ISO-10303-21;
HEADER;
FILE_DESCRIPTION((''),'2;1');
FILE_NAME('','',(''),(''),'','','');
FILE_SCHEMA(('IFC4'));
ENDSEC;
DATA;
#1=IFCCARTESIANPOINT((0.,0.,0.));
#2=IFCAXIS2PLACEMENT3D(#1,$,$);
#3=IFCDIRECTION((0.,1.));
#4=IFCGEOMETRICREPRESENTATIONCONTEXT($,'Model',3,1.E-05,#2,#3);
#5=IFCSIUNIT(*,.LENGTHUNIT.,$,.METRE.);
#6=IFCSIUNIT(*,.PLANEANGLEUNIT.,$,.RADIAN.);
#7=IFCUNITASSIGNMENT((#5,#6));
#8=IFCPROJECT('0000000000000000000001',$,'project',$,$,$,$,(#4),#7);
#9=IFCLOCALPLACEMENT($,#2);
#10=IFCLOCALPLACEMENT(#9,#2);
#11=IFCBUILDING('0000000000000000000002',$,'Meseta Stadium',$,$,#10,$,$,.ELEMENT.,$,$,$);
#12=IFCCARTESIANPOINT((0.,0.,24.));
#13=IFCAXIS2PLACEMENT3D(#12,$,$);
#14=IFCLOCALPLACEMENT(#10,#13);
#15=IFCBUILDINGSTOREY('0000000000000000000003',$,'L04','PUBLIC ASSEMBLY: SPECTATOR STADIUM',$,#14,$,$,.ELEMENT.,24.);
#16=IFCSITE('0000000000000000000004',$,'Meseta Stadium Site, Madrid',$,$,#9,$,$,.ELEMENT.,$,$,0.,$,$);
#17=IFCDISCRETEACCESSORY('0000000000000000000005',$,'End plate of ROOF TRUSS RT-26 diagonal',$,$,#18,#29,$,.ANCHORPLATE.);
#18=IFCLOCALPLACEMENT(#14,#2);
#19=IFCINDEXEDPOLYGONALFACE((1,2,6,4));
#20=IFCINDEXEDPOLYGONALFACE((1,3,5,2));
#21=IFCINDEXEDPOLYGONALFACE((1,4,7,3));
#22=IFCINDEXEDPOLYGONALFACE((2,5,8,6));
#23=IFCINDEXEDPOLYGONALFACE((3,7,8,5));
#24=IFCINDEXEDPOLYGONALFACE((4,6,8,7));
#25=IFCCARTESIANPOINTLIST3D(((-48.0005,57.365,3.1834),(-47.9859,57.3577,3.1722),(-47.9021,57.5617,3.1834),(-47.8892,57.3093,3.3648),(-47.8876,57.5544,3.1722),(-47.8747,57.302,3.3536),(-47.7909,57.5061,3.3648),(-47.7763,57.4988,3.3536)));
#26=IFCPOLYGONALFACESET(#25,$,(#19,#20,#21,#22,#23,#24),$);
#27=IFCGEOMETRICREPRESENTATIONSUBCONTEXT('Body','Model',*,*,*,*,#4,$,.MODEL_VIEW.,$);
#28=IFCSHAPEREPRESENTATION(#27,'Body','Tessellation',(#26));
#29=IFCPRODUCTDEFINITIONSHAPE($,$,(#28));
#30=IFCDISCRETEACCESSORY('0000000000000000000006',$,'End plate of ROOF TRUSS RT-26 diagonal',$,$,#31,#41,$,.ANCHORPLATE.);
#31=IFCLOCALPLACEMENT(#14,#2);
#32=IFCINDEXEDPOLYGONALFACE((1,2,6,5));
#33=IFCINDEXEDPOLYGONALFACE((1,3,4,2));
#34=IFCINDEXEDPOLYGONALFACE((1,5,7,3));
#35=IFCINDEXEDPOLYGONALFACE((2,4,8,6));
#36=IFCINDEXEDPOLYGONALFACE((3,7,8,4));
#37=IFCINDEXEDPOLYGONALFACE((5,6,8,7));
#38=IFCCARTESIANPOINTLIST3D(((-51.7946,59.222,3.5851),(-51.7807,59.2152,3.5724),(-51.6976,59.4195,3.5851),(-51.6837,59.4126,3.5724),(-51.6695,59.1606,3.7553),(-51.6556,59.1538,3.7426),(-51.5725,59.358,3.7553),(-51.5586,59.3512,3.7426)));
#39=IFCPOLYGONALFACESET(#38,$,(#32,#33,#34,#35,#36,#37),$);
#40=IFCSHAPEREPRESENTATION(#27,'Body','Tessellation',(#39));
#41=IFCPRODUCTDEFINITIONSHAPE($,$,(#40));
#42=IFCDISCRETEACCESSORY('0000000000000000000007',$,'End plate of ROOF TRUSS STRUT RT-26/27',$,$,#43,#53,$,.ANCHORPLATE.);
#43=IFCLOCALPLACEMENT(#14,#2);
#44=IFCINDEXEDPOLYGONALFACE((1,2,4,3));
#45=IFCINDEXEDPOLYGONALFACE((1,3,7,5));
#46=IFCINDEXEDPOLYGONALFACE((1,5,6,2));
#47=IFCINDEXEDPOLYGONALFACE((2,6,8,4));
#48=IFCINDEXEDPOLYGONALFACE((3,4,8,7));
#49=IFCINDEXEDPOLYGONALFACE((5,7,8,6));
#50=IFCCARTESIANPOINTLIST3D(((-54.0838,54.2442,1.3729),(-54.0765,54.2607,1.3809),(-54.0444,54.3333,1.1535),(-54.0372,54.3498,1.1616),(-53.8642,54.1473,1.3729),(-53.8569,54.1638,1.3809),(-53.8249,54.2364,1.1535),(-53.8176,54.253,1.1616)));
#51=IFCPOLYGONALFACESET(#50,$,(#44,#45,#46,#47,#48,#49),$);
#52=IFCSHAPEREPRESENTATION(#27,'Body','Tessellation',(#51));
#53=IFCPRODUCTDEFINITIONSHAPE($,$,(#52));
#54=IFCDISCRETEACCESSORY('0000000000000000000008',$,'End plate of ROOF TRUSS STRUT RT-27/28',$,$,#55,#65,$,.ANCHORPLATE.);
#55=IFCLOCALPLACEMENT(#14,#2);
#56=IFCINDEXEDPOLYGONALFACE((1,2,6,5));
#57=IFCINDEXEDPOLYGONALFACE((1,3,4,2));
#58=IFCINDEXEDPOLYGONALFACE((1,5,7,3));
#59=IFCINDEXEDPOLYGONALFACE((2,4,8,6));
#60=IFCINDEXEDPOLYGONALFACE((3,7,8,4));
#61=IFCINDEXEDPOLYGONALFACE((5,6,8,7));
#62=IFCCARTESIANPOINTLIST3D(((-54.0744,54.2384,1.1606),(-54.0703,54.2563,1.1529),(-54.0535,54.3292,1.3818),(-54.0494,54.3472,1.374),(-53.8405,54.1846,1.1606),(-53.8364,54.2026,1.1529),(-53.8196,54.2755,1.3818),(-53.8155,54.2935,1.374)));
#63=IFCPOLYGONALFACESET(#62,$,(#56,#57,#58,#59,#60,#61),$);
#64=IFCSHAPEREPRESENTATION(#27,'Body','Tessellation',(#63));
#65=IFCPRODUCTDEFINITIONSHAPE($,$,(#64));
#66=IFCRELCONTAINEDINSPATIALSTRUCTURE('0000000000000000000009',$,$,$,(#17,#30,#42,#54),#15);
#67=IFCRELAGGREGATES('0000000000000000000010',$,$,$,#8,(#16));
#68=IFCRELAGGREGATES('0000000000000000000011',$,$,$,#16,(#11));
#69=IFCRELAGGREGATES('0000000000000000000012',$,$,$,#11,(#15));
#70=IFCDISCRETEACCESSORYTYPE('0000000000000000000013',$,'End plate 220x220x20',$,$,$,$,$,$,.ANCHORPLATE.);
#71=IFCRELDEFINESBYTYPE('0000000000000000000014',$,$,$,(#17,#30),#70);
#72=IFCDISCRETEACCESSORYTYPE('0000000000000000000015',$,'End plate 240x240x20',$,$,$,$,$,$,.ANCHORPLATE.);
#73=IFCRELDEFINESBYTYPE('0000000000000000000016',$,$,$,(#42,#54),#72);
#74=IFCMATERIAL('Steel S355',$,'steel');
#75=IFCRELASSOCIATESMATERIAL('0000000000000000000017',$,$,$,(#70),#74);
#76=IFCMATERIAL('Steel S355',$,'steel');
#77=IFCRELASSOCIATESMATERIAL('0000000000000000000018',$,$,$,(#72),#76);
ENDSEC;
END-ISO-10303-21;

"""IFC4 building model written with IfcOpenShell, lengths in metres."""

from ifc_helpers import new_model, si_unit, direction, frame, origin, origin_2d, place, context, subcontext, project, spatial, rectangle, extrude, material, material_profile, profile_set, type_object, element, save


model = new_model("IFC4")

# Units and contexts
model_context = context("Model", 3, precision=1e-05, world=origin(), true_north=direction((0.0, 1.0)))
body_context = subcontext(model_context, "Body", "Model", "MODEL_VIEW")
ifc_project = project(units=[si_unit("LENGTHUNIT", "METRE"), si_unit("PLANEANGLEUNIT", "RADIAN")], contexts=[model_context])

# Site, building, storey
site_placement = place(None, origin())
site = spatial("IfcSite", under=ifc_project, at=site_placement, Name="Meseta Stadium Site, Madrid", CompositionType="ELEMENT", RefElevation=0.0)
building_placement = place(site_placement, origin())
building = spatial("IfcBuilding", under=site, at=building_placement, Name="Meseta Stadium", CompositionType="ELEMENT")
storey_placement = place(building_placement, frame((0.0, 0.0, 24.0)))
storey = spatial("IfcBuildingStorey", under=building, at=storey_placement, Name="L04", Description="PUBLIC ASSEMBLY: SPECTATOR STADIUM", CompositionType="ELEMENT", Elevation=24.0)

# Discrete accessories
ifc_material_1 = material(Name="Steel S355", Category="steel")
ifc_material_profile_1 = material_profile(ifc_material_1, rectangle(XDim=0.22, YDim=0.22, at=origin_2d()), Name="PL 220x220")
ifc_profile_set_1 = profile_set([ifc_material_profile_1], Name="Steel S355")
discrete_accessory_type_1 = type_object("IfcDiscreteAccessoryType", Name="End plate 220x220x20", PredefinedType="ANCHORPLATE", material=ifc_profile_set_1)
discrete_accessory_1_placement = place(storey_placement, frame((-47.8811, 57.4282, 3.2629), z_axis=(-0.737655, 0.368828, 0.565536), x_axis=(-0.447214, -0.894427, 0.0)))
element("IfcDiscreteAccessory", 1, at=discrete_accessory_1_placement, inside=storey, type_object=discrete_accessory_type_1, Name="End plate of ROOF TRUSS RT-26 diagonal", PredefinedType="ANCHORPLATE", context=body_context, shape_type="SweptSolid", body=[
    extrude(rectangle(XDim=0.22, YDim=0.22, at=origin_2d()), origin(), (0.0, 0.0, 1.0), 0.0198),
])
discrete_accessory_2_placement = place(storey_placement, frame((-51.6697, 59.2832, 3.6575), z_axis=(-0.694451, 0.341134, 0.633534), x_axis=(-0.440904, -0.897554, 0.0)))
element("IfcDiscreteAccessory", 2, at=discrete_accessory_2_placement, inside=storey, type_object=discrete_accessory_type_1, Name="End plate of ROOF TRUSS RT-26 diagonal", PredefinedType="ANCHORPLATE", context=body_context, shape_type="SweptSolid", body=[
    extrude(rectangle(XDim=0.22, YDim=0.22, at=origin_2d()), origin(), (0.0, 0.0, 1.0), 0.02),
])
ifc_material_2 = material(Name="Steel S355", Category="steel")
ifc_material_profile_2 = material_profile(ifc_material_2, rectangle(XDim=0.24, YDim=0.24, at=origin_2d()), Name="PL 240x240")
ifc_profile_set_2 = profile_set([ifc_material_profile_2], Name="Steel S355")
discrete_accessory_type_2 = type_object("IfcDiscreteAccessoryType", Name="End plate 240x240x20", PredefinedType="ANCHORPLATE", material=ifc_profile_set_2)
discrete_accessory_3_placement = place(storey_placement, frame((-53.947, 54.2568, 1.2712), z_axis=(-0.368911, -0.836199, -0.405802), x_axis=(0.914918, -0.40364, 0.0)))
element("IfcDiscreteAccessory", 3, at=discrete_accessory_3_placement, inside=storey, type_object=discrete_accessory_type_2, Name="End plate of ROOF TRUSS STRUT RT-26/27", PredefinedType="ANCHORPLATE", context=body_context, shape_type="SweptSolid", body=[
    extrude(rectangle(XDim=0.24, YDim=0.24, at=origin_2d()), origin(), (0.0, 0.0, 1.0), 0.0198),
])
discrete_accessory_4_placement = place(storey_placement, frame((-53.9429, 54.2749, 1.2634), z_axis=(-0.206322, -0.898109, 0.388371), x_axis=(0.974613, -0.223898, 0.0)))
element("IfcDiscreteAccessory", 4, at=discrete_accessory_4_placement, inside=storey, type_object=discrete_accessory_type_2, Name="End plate of ROOF TRUSS STRUT RT-27/28", PredefinedType="ANCHORPLATE", context=body_context, shape_type="SweptSolid", body=[
    extrude(rectangle(XDim=0.24, YDim=0.24, at=origin_2d()), origin(), (0.0, 0.0, 1.0), 0.02),
])

save(model, "model.ifc")
